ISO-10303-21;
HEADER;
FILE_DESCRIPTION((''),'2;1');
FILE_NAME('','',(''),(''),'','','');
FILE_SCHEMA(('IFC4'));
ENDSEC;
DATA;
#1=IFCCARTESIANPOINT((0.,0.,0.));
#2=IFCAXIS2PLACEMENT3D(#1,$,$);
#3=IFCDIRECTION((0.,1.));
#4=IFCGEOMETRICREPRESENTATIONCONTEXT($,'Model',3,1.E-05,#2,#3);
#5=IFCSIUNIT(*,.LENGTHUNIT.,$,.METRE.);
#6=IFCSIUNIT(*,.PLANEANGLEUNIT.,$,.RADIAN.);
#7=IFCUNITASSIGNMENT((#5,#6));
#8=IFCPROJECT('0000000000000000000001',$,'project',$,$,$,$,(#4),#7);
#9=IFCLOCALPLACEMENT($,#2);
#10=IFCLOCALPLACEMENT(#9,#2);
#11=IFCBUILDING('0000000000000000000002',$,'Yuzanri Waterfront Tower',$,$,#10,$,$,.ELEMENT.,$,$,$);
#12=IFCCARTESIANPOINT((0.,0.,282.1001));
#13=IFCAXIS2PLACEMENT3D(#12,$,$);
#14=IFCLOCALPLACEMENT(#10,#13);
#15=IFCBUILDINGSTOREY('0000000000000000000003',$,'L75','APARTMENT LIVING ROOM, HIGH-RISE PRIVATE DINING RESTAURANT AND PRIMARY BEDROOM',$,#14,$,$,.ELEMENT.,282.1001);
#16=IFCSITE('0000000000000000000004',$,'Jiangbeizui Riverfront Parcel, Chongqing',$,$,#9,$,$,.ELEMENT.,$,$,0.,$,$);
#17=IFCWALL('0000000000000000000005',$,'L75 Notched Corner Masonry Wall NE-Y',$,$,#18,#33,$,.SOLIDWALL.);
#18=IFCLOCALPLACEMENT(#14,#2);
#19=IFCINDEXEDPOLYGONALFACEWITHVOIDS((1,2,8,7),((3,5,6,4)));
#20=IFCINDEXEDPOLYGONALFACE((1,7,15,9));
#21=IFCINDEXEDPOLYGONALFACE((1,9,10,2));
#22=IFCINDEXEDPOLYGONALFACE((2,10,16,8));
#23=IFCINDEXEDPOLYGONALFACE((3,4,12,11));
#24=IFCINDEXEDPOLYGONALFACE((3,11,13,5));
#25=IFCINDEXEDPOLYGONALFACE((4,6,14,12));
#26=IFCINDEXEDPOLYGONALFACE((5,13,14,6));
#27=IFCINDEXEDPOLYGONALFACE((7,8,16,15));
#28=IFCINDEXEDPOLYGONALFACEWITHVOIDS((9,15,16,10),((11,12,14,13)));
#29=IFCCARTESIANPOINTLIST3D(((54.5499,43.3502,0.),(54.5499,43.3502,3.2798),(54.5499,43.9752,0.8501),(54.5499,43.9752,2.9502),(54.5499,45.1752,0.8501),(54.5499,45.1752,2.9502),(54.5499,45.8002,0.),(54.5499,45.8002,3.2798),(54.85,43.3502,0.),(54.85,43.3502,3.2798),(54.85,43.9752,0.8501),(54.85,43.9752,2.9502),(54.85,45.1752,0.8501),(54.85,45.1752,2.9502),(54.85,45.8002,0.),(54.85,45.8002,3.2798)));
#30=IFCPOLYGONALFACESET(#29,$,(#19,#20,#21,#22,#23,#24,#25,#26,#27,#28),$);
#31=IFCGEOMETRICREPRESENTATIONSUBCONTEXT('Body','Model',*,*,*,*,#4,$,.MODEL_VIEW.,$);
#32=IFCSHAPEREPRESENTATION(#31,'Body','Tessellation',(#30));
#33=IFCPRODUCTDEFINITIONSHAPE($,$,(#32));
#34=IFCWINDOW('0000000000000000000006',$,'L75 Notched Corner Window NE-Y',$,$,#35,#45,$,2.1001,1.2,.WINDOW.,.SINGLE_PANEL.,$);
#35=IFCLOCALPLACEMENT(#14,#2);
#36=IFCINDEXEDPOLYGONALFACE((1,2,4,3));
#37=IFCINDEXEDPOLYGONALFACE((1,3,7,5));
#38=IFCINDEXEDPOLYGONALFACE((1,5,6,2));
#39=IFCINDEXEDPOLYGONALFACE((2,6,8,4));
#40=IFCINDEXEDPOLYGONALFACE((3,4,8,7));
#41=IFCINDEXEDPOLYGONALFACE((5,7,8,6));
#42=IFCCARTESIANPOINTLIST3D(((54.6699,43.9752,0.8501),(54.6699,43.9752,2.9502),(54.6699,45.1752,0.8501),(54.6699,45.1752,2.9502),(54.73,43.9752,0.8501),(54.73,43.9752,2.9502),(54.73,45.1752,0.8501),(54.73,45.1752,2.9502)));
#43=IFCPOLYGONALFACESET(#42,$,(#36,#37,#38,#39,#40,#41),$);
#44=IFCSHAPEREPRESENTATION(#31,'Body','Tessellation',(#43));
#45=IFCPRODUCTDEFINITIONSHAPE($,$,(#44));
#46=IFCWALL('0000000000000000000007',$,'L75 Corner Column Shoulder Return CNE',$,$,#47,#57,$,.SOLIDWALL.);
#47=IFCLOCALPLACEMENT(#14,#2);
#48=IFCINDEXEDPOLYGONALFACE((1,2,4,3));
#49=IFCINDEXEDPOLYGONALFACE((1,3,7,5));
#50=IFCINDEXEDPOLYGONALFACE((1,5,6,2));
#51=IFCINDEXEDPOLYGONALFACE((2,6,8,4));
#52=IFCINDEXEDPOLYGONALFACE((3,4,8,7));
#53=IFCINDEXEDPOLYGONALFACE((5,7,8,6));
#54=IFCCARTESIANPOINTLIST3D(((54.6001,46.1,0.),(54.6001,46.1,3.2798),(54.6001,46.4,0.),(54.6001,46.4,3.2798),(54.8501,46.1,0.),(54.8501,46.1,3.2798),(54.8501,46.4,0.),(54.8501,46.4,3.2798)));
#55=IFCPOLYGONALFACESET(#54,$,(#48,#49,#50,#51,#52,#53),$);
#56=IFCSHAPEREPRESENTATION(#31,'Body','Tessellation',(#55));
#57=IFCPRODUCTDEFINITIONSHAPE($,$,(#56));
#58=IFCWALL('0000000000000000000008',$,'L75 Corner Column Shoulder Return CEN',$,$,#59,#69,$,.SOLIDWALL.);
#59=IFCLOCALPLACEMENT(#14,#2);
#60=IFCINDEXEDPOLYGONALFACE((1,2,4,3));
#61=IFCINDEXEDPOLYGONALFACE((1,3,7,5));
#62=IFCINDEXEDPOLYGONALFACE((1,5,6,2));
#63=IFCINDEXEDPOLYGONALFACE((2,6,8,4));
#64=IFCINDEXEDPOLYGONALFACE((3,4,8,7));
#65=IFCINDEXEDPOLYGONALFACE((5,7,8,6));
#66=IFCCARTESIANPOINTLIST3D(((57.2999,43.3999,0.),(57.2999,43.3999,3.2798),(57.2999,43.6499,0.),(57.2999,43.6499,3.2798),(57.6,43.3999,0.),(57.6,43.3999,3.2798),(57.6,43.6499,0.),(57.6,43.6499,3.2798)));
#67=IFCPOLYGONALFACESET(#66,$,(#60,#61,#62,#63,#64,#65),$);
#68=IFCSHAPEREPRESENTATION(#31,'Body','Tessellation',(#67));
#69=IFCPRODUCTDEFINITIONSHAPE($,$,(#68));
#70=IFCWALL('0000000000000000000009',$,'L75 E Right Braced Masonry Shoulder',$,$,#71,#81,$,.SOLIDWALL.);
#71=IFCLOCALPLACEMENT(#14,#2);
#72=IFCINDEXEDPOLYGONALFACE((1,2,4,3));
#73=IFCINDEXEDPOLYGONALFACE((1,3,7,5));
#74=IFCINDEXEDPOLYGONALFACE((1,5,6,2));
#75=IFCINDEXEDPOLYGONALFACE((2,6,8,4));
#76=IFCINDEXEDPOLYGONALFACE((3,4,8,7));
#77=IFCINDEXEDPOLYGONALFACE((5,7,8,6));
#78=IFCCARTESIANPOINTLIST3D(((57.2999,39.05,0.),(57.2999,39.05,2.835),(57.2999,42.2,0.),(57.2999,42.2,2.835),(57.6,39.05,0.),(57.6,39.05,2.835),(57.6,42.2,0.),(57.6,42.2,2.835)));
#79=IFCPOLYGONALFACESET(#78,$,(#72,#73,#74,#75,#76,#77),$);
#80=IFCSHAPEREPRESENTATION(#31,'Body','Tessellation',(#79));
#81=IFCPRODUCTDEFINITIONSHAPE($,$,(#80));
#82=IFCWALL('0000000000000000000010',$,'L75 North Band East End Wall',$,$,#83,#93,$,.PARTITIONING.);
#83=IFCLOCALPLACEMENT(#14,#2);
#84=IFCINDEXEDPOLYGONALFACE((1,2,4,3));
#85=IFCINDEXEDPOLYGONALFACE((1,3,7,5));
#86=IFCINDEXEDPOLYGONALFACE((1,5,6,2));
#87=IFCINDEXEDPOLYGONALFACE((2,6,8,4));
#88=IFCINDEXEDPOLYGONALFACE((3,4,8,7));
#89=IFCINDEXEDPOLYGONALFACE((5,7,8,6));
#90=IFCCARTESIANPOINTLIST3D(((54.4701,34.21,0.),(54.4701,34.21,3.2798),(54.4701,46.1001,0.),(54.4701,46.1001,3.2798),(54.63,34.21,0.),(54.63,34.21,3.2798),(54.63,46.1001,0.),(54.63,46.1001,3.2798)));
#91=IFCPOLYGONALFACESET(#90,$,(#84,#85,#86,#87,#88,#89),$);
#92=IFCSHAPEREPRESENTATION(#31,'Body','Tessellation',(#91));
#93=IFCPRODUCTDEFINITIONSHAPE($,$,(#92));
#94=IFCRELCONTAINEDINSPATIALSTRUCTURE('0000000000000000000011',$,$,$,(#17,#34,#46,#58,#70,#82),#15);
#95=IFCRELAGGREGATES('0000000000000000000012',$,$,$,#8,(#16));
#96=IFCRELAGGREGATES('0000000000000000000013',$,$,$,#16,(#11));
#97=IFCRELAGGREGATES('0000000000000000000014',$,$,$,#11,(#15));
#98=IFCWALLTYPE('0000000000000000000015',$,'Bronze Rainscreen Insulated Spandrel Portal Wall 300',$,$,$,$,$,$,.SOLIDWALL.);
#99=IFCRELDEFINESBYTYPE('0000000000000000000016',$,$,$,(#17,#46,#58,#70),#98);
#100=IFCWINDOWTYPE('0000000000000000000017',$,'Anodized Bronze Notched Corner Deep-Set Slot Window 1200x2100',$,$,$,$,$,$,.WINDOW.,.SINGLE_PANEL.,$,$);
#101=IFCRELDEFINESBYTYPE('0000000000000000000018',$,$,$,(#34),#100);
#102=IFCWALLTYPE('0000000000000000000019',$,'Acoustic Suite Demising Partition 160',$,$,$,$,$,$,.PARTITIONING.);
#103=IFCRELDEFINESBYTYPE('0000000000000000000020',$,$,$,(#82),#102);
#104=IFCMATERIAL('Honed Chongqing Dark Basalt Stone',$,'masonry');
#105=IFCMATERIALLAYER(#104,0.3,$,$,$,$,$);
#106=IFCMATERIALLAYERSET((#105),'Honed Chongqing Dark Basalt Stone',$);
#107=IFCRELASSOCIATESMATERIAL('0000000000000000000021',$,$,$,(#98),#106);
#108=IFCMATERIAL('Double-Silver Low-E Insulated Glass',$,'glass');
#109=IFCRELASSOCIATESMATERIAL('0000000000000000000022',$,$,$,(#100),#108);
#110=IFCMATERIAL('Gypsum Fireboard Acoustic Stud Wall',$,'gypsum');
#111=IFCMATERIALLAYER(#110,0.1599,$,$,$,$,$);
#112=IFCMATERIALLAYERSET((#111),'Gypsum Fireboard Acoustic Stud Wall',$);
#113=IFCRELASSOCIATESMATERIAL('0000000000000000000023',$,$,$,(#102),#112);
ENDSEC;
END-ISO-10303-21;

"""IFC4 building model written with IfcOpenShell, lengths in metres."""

from ifc_helpers import new_model, si_unit, direction, frame, frame_2d, origin, place, context, subcontext, project, spatial, rectangle, extrude, source, transform, mapped, material, layer, layer_set, type_object, element, fill, save


model = new_model("IFC4")

# Units and contexts
model_context = context("Model", 3, precision=1e-05, world=origin(), true_north=direction((0.0, 1.0)))
body_context = subcontext(model_context, "Body", "Model", "MODEL_VIEW")
ifc_project = project(units=[si_unit("LENGTHUNIT", "METRE"), si_unit("PLANEANGLEUNIT", "RADIAN")], contexts=[model_context])

# Site, building, storey
site_placement = place(None, origin())
site = spatial("IfcSite", under=ifc_project, at=site_placement, Name="Jiangbeizui Riverfront Parcel, Chongqing", CompositionType="ELEMENT", RefElevation=0.0)
building_placement = place(site_placement, origin())
building = spatial("IfcBuilding", under=site, at=building_placement, Name="Yuzanri Waterfront Tower", CompositionType="ELEMENT")
storey_placement = place(building_placement, frame((0.0, 0.0, 282.1001)))
storey = spatial("IfcBuildingStorey", under=building, at=storey_placement, Name="L75", Description="APARTMENT LIVING ROOM, HIGH-RISE PRIVATE DINING RESTAURANT AND PRIMARY BEDROOM", CompositionType="ELEMENT", Elevation=282.1001)

# Wall, opening, window
ifc_material_1 = material(Name="Honed Chongqing Dark Basalt Stone", Category="masonry")
ifc_layer_1 = layer(ifc_material_1, 0.3)
ifc_layer_set_1 = layer_set([ifc_layer_1], Name="Honed Chongqing Dark Basalt Stone")
wall_type_1 = type_object("IfcWallType", Name="Bronze Rainscreen Insulated Spandrel Portal Wall 300", PredefinedType="SOLIDWALL", material=ifc_layer_set_1)
wall_1_placement = place(storey_placement, frame((54.7, 43.3501, 0.0), z_axis=(0.0, 0.0, 1.0), x_axis=(0.0, 1.0, 0.0)))
wall_1 = element("IfcWall", 1, at=wall_1_placement, inside=storey, type_object=wall_type_1, Name="L75 Notched Corner Masonry Wall NE-Y", PredefinedType="SOLIDWALL", context=body_context, shape_type="SweptSolid", body=[
    extrude(rectangle(XDim=2.45, YDim=0.3, at=frame_2d((1.2251, 0.0))), origin(), (0.0, 0.0, 1.0), 3.2798),
])
opening_1_placement = place(wall_1_placement, frame((0.625, 0.0, 0.8501)))
opening_1 = element("IfcOpeningElement", 2, at=opening_1_placement, cuts=wall_1, PredefinedType="OPENING", context=body_context, shape_type="SweptSolid", body=[
    extrude(rectangle(XDim=1.2, YDim=2.1001, at=frame_2d((0.6001, 1.05))), frame((0.0, 0.165, 0.0), z_axis=(0.0, -1.0, 0.0), x_axis=(1.0, 0.0, 0.0)), (0.0, 0.0, 1.0), 0.3298),
])
ifc_material_2 = material(Name="Double-Silver Low-E Insulated Glass", Category="glass")
window_type_1 = type_object("IfcWindowType", Name="Anodized Bronze Notched Corner Deep-Set Slot Window 1200x2100", PartitioningType="SINGLE_PANEL", PredefinedType="WINDOW", material=ifc_material_2)
shared_shape_1 = source(origin(), body_context, "Body", "SweptSolid", [
    extrude(rectangle(XDim=1.2, YDim=2.1001, at=frame_2d((0.6001, 1.05))), frame((0.0, 0.03, 0.0), z_axis=(0.0, -1.0, 0.0), x_axis=(1.0, 0.0, 0.0)), (0.0, 0.0, 1.0), 0.0601),
])
window_1_placement = place(opening_1_placement, origin())
window_1 = element("IfcWindow", 3, at=window_1_placement, inside=storey, type_object=window_type_1, Name="L75 Notched Corner Window NE-Y", OverallHeight=2.1001, OverallWidth=1.2, PartitioningType="SINGLE_PANEL", PredefinedType="WINDOW", context=body_context, shape_type="MappedRepresentation", body=[
    mapped(shared_shape_1, transform((0.0, 0.0, 0.0), scale=1.0)),
])
fill(opening_1, window_1)

# Walls
shared_shape_2 = source(origin(), body_context, "Body", "SweptSolid", [
    extrude(rectangle(XDim=0.25, YDim=0.3, at=frame_2d((0.125, 0.0))), origin(), (0.0, 0.0, 1.0), 3.2798),
])
for number, where, z_axis, x_axis, name in (
    (4, (54.6001, 46.25, 0.0), (0.0, 0.0, 1.0), (1.0, 0.0, 0.0), "L75 Corner Column Shoulder Return CNE"),
    (5, (57.45, 43.3999, 0.0), (0.0, 0.0, 1.0), (0.0, 1.0, 0.0), "L75 Corner Column Shoulder Return CEN"),
):
    element("IfcWall", number, at=place(storey_placement, frame(where, z_axis=z_axis, x_axis=x_axis)), inside=storey, type_object=wall_type_1, Name=name, PredefinedType="SOLIDWALL", context=body_context, shape_type="MappedRepresentation", body=[
        mapped(shared_shape_2, transform((0.0, 0.0, 0.0), scale=1.0)),
    ])
shared_shape_3 = source(origin(), body_context, "Body", "SweptSolid", [
    extrude(rectangle(XDim=3.1499, YDim=0.3, at=frame_2d((1.575, 0.0))), origin(), (0.0, 0.0, 1.0), 2.835),
])
wall_2_placement = place(storey_placement, frame((57.45, 39.05, 0.0), z_axis=(0.0, 0.0, 1.0), x_axis=(0.0, 1.0, 0.0)))
element("IfcWall", 6, at=wall_2_placement, inside=storey, type_object=wall_type_1, Name="L75 E Right Braced Masonry Shoulder", PredefinedType="SOLIDWALL", context=body_context, shape_type="MappedRepresentation", body=[
    mapped(shared_shape_3, transform((0.0, 0.0, 0.0), scale=1.0)),
])
ifc_material_3 = material(Name="Gypsum Fireboard Acoustic Stud Wall", Category="gypsum")
ifc_layer_2 = layer(ifc_material_3, 0.1599)
ifc_layer_set_2 = layer_set([ifc_layer_2], Name="Gypsum Fireboard Acoustic Stud Wall")
wall_type_2 = type_object("IfcWallType", Name="Acoustic Suite Demising Partition 160", PredefinedType="PARTITIONING", material=ifc_layer_set_2)
shared_shape_4 = source(origin(), body_context, "Body", "SweptSolid", [
    extrude(rectangle(XDim=11.8901, YDim=0.1599, at=frame_2d((5.9451, 0.0))), origin(), (0.0, 0.0, 1.0), 3.2798),
])
wall_3_placement = place(storey_placement, frame((54.55, 34.21, 0.0), z_axis=(0.0, 0.0, 1.0), x_axis=(0.0, 1.0, 0.0)))
element("IfcWall", 7, at=wall_3_placement, inside=storey, type_object=wall_type_2, Name="L75 North Band East End Wall", PredefinedType="PARTITIONING", context=body_context, shape_type="MappedRepresentation", body=[
    mapped(shared_shape_4, transform((0.0, 0.0, 0.0), scale=1.0)),
])

save(model, "model.ifc")
